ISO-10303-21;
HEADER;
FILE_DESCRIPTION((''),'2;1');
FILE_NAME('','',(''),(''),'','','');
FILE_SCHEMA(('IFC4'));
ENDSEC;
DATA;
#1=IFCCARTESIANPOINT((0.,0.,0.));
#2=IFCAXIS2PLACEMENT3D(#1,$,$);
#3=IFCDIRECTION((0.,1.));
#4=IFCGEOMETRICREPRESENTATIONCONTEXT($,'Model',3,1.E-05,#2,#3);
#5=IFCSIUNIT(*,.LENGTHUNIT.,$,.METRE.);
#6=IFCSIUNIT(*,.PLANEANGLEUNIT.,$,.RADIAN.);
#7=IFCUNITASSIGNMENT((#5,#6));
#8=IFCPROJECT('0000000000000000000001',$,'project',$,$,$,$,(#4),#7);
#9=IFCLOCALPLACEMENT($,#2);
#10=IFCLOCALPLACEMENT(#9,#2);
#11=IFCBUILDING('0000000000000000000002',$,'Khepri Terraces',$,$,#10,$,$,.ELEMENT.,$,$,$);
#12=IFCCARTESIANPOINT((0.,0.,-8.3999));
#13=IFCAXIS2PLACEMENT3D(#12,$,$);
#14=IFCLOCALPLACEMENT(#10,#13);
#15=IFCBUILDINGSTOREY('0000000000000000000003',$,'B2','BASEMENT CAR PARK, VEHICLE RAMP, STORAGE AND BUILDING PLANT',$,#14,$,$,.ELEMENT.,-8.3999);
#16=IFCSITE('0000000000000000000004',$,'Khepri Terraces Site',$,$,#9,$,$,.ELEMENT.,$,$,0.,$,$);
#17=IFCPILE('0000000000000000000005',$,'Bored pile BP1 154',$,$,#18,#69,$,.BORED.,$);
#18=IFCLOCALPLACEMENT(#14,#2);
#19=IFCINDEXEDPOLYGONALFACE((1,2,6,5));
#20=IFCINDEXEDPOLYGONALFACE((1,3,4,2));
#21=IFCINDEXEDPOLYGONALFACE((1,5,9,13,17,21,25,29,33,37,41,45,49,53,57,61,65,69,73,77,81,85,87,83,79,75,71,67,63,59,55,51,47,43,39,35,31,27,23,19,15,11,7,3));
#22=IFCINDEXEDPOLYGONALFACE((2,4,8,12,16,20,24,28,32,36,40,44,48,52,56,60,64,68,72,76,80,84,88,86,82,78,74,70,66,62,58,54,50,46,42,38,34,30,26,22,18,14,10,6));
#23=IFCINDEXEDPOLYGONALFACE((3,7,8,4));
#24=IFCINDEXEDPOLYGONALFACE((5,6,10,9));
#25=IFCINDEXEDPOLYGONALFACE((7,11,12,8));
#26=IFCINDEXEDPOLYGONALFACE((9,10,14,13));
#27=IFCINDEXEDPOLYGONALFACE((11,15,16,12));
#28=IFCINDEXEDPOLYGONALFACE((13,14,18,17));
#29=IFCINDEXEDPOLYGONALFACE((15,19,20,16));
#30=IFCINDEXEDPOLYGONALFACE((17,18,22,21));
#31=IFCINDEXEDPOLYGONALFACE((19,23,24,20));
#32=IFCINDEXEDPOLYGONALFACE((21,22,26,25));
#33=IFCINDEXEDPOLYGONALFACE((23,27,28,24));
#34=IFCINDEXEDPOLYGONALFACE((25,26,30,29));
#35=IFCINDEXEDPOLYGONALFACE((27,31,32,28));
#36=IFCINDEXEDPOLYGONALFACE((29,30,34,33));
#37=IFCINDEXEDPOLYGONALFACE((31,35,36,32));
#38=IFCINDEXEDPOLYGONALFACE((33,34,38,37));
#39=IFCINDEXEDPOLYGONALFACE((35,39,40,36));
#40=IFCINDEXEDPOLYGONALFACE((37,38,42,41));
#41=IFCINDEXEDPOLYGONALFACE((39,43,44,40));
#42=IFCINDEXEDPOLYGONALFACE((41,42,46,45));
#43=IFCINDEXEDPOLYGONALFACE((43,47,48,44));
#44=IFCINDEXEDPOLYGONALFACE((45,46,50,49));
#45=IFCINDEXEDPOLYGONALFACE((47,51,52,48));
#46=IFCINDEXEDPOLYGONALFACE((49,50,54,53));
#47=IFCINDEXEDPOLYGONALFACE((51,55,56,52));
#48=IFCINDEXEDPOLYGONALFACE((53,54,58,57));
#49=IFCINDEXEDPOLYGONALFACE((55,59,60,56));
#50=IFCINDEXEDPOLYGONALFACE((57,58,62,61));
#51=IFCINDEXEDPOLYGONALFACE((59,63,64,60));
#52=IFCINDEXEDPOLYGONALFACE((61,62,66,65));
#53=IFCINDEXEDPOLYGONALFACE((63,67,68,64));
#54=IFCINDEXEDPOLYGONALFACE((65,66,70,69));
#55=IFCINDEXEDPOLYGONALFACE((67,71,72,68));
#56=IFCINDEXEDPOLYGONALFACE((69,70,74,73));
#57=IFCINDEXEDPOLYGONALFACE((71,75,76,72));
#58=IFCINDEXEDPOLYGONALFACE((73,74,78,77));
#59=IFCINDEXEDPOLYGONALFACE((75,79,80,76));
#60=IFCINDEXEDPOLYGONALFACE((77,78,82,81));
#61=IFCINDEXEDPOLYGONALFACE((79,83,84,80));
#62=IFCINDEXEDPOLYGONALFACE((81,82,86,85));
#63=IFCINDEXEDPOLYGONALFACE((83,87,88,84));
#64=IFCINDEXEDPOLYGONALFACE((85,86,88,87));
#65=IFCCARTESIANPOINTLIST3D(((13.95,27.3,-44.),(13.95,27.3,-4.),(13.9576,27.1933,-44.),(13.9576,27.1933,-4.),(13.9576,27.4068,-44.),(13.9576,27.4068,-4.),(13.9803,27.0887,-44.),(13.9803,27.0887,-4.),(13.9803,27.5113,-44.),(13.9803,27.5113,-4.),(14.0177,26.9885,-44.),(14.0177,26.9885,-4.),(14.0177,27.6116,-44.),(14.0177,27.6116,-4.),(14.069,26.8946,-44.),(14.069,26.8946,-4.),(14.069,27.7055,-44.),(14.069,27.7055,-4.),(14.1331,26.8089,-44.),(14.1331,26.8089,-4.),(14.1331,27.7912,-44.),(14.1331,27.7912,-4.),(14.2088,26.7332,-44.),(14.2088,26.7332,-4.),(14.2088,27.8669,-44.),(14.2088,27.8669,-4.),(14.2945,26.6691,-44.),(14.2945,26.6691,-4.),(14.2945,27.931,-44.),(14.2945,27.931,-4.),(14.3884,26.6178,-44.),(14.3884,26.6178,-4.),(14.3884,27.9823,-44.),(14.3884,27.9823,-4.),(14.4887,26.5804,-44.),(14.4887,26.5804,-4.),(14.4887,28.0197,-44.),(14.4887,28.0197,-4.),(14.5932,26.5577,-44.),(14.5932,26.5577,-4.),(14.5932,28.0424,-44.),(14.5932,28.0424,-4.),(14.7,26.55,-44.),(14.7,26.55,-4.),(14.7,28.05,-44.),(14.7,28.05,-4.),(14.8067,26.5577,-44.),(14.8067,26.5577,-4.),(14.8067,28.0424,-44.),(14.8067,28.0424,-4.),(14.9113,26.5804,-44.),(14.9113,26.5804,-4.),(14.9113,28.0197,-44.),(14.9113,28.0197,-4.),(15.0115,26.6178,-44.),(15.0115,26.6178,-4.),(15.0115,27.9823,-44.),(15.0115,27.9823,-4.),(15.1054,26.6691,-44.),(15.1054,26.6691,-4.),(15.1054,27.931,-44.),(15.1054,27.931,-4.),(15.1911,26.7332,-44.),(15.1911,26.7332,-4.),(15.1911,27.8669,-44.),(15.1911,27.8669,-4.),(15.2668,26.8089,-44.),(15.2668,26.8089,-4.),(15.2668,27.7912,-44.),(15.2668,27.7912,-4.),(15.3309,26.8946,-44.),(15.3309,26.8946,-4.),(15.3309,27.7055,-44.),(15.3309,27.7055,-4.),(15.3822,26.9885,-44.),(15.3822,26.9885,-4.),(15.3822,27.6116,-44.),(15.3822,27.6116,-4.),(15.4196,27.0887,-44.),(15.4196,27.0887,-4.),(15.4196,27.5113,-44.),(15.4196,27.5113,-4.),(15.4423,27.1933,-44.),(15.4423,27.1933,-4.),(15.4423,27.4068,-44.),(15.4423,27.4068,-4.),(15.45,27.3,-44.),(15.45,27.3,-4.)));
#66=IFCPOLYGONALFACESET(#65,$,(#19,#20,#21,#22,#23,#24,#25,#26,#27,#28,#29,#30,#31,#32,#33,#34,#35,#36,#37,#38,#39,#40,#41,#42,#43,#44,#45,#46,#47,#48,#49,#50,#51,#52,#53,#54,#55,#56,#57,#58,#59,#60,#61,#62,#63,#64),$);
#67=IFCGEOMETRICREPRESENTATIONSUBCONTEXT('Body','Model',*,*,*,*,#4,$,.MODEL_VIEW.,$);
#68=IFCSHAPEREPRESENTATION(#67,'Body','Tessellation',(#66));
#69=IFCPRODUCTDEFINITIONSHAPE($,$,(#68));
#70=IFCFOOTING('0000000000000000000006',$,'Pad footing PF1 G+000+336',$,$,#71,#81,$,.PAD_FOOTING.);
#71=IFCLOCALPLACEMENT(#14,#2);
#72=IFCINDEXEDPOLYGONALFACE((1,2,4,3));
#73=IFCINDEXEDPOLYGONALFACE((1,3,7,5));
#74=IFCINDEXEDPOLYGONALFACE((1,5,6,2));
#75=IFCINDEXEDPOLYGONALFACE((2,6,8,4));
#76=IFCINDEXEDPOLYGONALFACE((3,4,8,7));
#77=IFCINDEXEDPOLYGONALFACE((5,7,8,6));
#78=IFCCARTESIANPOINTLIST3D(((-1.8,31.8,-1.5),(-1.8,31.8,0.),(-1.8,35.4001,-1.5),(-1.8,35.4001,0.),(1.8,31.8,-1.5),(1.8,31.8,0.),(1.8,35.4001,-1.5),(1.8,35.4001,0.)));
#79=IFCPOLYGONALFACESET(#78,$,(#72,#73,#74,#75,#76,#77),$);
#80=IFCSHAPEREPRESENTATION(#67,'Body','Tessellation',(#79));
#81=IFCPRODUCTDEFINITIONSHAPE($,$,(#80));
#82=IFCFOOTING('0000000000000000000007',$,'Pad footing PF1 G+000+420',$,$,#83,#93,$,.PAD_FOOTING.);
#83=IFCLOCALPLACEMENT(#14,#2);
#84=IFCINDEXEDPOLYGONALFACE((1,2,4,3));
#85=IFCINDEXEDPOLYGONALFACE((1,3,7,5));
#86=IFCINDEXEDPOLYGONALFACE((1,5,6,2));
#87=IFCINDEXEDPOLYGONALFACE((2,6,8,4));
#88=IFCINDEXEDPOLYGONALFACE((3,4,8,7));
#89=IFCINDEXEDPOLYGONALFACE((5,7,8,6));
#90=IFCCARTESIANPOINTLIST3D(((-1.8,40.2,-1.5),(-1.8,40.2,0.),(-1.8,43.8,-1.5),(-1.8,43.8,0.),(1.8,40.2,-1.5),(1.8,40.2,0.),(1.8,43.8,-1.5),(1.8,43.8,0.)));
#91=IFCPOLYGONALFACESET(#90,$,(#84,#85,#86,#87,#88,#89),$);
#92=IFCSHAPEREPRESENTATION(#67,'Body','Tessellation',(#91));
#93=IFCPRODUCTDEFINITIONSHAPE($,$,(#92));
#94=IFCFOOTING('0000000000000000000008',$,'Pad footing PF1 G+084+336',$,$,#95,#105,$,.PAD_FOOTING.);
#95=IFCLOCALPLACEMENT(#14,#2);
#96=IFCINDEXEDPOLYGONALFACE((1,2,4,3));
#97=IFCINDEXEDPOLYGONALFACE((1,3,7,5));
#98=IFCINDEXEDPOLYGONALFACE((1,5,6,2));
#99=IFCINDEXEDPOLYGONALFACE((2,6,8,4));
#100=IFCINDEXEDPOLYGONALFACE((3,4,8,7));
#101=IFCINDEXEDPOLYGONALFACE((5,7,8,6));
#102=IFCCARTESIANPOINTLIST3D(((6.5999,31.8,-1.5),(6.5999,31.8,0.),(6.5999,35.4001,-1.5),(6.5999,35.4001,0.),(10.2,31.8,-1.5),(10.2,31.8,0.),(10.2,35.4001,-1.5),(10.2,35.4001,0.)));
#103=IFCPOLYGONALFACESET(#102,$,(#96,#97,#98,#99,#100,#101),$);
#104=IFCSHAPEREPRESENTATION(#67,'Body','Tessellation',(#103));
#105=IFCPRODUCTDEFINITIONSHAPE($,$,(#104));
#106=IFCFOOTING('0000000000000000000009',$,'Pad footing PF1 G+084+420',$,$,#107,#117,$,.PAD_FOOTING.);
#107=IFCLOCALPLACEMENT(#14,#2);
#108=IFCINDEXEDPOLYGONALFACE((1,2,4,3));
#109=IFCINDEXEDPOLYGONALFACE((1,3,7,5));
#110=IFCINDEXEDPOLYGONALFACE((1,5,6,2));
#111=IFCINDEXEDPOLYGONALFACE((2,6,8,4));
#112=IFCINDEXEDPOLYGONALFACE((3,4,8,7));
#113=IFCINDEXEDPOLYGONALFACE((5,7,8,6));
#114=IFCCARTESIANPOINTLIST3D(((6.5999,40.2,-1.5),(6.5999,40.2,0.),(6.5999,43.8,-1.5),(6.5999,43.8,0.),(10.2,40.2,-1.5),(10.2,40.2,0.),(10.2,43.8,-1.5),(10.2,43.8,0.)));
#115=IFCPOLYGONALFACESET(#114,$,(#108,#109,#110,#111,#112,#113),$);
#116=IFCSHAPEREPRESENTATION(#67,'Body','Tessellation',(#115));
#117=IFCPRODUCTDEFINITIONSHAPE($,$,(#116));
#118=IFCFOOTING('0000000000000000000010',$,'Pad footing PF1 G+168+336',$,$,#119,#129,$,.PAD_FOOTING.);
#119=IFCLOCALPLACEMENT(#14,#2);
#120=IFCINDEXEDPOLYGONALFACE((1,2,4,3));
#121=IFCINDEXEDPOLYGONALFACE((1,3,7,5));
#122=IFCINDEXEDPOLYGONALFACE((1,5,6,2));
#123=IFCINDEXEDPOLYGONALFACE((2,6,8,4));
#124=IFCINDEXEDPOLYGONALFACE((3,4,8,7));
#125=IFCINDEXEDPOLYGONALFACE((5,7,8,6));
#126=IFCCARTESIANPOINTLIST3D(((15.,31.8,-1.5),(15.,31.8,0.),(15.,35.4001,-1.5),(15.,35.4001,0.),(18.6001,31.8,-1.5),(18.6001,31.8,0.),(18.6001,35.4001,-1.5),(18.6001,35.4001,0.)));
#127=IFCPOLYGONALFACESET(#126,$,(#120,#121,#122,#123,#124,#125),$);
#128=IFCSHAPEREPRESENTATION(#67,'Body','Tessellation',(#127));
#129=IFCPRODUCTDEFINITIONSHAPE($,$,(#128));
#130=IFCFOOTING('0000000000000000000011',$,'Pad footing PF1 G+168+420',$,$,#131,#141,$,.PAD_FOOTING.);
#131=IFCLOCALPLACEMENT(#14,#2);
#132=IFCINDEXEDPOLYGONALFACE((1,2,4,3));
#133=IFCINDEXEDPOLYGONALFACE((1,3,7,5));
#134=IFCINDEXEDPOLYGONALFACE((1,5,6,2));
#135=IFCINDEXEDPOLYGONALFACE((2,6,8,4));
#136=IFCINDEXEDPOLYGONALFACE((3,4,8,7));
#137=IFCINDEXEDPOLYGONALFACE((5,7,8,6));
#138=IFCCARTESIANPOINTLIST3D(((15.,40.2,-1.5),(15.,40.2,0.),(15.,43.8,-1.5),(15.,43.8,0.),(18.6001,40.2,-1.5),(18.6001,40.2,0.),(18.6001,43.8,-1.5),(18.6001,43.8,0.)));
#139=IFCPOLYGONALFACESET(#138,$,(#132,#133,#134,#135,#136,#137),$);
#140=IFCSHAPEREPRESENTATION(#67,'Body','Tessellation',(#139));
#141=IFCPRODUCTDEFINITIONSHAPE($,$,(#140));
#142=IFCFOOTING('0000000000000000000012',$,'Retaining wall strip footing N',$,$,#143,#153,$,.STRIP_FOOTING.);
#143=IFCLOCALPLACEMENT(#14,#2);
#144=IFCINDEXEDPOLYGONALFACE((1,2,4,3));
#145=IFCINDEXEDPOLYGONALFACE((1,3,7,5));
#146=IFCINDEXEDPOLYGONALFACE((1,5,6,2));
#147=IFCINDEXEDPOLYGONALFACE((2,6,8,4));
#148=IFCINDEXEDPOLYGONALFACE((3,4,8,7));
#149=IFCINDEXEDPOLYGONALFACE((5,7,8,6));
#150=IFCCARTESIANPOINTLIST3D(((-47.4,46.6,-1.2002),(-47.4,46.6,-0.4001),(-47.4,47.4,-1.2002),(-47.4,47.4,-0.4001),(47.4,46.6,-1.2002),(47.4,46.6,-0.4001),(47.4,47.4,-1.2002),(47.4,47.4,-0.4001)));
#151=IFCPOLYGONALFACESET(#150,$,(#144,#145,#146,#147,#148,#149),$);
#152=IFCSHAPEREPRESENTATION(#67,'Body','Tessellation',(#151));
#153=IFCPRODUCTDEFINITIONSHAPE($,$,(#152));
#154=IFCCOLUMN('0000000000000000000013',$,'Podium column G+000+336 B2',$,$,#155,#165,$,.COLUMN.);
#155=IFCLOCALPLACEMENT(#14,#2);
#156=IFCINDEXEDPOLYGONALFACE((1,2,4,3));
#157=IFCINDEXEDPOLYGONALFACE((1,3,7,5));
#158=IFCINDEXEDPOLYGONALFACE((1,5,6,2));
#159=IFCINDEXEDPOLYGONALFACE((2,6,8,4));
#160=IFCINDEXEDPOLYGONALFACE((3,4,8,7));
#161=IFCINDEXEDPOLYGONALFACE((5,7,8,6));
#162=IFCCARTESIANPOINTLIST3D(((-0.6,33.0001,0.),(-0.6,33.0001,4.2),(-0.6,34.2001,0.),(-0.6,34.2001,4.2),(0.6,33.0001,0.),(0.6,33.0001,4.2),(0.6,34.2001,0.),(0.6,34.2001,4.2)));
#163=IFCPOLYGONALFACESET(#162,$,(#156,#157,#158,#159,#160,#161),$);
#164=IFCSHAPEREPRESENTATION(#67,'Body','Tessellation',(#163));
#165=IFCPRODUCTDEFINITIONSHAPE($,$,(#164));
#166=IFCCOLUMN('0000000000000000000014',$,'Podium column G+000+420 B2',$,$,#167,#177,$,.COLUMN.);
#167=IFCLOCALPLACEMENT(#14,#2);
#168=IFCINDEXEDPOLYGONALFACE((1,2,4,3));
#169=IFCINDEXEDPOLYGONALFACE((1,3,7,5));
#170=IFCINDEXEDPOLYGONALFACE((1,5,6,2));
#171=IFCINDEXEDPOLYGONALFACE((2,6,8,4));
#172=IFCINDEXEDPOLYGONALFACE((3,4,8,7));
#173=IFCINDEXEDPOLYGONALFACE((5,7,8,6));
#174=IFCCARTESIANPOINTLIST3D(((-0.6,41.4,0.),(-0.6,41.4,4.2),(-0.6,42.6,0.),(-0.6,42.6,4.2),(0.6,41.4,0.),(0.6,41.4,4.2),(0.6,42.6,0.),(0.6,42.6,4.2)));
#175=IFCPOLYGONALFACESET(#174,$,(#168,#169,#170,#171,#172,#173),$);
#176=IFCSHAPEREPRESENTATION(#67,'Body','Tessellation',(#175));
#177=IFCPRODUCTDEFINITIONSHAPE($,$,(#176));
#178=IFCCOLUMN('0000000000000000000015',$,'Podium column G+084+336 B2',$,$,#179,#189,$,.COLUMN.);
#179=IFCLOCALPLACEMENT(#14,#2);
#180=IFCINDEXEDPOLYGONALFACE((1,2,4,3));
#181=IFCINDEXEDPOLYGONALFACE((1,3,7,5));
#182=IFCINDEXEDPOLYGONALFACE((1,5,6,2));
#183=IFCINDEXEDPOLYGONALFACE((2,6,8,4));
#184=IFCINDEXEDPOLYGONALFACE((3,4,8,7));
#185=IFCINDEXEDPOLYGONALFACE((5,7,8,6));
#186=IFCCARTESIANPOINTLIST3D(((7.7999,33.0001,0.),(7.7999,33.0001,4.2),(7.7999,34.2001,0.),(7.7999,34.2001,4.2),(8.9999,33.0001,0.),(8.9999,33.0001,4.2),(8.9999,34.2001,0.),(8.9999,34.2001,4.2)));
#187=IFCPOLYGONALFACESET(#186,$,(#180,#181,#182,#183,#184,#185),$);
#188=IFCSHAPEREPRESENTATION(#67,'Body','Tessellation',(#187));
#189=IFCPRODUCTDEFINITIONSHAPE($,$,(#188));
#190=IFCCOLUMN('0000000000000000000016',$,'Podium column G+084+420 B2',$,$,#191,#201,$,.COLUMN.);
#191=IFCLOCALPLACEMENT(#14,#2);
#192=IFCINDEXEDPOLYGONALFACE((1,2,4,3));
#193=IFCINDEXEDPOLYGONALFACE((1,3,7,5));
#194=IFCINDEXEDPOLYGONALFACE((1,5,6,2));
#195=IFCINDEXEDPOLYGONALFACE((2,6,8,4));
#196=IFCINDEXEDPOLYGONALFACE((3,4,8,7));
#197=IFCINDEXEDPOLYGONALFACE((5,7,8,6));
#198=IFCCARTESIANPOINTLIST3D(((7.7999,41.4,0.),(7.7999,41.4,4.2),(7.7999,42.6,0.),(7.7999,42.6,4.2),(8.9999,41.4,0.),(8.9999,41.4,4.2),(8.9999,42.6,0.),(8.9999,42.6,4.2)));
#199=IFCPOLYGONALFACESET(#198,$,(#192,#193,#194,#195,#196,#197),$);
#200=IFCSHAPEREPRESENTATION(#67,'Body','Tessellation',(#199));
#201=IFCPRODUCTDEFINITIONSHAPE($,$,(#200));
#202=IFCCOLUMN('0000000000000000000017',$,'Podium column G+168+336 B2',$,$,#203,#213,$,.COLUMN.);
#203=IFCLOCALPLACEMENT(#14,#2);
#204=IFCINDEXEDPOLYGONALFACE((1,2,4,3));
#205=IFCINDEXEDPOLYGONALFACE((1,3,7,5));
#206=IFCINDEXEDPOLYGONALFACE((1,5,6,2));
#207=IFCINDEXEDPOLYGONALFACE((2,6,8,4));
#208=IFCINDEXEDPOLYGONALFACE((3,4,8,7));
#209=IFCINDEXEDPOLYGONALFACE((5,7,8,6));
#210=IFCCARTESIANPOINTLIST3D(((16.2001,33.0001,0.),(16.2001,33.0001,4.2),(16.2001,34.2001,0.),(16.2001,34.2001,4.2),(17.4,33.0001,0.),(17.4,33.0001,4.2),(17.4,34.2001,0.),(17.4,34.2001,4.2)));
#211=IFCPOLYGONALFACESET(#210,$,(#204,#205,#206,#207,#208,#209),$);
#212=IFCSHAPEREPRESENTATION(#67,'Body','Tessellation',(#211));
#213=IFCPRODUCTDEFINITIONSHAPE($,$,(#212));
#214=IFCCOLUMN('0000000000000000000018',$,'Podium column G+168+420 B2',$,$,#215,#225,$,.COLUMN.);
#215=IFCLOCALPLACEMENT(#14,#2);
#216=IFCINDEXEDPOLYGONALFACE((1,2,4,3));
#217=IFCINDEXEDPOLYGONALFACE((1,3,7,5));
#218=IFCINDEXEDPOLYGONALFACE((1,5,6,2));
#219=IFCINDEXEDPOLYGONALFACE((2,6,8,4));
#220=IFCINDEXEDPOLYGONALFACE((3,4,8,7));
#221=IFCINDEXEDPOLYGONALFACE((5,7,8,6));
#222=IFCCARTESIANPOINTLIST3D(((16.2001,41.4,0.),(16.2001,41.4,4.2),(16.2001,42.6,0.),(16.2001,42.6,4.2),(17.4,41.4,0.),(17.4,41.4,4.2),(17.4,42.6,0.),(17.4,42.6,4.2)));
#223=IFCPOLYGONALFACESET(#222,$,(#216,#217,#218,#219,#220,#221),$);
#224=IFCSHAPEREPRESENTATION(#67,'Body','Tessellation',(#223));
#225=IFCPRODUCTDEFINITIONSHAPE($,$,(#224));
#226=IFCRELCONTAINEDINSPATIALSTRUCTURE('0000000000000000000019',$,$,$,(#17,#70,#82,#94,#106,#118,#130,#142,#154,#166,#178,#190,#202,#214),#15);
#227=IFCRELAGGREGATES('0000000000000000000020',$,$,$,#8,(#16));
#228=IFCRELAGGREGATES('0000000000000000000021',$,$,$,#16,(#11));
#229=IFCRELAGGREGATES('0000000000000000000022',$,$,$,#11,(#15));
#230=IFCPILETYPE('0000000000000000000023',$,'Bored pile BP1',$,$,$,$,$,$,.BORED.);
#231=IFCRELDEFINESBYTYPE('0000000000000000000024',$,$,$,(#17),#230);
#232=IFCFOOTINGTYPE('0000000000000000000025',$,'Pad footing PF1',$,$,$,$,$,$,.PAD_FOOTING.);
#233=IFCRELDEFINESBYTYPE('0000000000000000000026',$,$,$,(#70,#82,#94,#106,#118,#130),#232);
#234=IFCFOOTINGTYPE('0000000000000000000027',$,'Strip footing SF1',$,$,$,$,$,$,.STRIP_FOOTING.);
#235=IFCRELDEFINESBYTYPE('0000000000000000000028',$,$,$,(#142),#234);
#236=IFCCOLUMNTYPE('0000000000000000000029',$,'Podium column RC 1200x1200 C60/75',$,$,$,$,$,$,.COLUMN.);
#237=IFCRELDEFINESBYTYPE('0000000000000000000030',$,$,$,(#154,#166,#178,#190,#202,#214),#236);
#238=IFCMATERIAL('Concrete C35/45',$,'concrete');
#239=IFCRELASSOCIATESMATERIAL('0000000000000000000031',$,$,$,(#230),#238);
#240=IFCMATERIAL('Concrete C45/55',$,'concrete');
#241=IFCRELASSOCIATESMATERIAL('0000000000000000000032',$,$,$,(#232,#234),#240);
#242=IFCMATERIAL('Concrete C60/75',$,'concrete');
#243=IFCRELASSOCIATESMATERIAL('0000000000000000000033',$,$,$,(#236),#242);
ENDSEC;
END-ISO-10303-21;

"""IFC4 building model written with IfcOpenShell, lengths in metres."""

from ifc_helpers import new_model, si_unit, direction, frame, origin, origin_2d, place, context, subcontext, project, spatial, rectangle, circle, extrude, material, material_profile, profile_set, type_object, element, save


model = new_model("IFC4")

# Units and contexts
model_context = context("Model", 3, precision=1e-05, world=origin(), true_north=direction((0.0, 1.0)))
body_context = subcontext(model_context, "Body", "Model", "MODEL_VIEW")
ifc_project = project(units=[si_unit("LENGTHUNIT", "METRE"), si_unit("PLANEANGLEUNIT", "RADIAN")], contexts=[model_context])

# Site, building, storey
site_placement = place(None, origin())
site = spatial("IfcSite", under=ifc_project, at=site_placement, Name="Khepri Terraces Site", CompositionType="ELEMENT", RefElevation=0.0)
building_placement = place(site_placement, origin())
building = spatial("IfcBuilding", under=site, at=building_placement, Name="Khepri Terraces", CompositionType="ELEMENT")
storey_placement = place(building_placement, frame((0.0, 0.0, -8.3999)))
storey = spatial("IfcBuildingStorey", under=building, at=storey_placement, Name="B2", Description="BASEMENT CAR PARK, VEHICLE RAMP, STORAGE AND BUILDING PLANT", CompositionType="ELEMENT", Elevation=-8.3999)

# Pile
ifc_material_1 = material(Name="Concrete C35/45", Category="concrete")
ifc_material_profile_1 = material_profile(ifc_material_1, circle(Radius=0.75, at=origin_2d()), Name="Concrete C35/45", Category="concrete")
ifc_profile_set_1 = profile_set([ifc_material_profile_1], Name="Concrete C35/45")
pile_type = type_object("IfcPileType", Name="Bored pile BP1", PredefinedType="BORED", material=ifc_profile_set_1)
pile_placement = place(storey_placement, frame((14.7, 27.3, -4.0), z_axis=(0.0, 0.0, -1.0), x_axis=(1.0, 0.0, 0.0)))
element("IfcPile", 1, at=pile_placement, inside=storey, type_object=pile_type, Name="Bored pile BP1 154", PredefinedType="BORED", context=body_context, shape_type="SweptSolid", body=[
    extrude(circle(Radius=0.75, at=origin_2d()), origin(), (0.0, 0.0, 1.0), 40.0),
])

# Footings
ifc_material_2 = material(Name="Concrete C45/55", Category="concrete")
footing_type_1 = type_object("IfcFootingType", Name="Pad footing PF1", PredefinedType="PAD_FOOTING", material=ifc_material_2)
for number, where, z_axis, x_axis, name in (
    (2, (0.0, 33.6001, -1.5), (0.0, 0.0, 1.0), (1.0, 0.0, 0.0), "Pad footing PF1 G+000+336"),
    (3, (0.0, 42.0, -1.5), (0.0, 0.0, 1.0), (1.0, 0.0, 0.0), "Pad footing PF1 G+000+420"),
    (4, (8.3999, 33.6001, -1.5), (0.0, 0.0, 1.0), (1.0, 0.0, 0.0), "Pad footing PF1 G+084+336"),
    (5, (8.3999, 42.0, -1.5), (0.0, 0.0, 1.0), (1.0, 0.0, 0.0), "Pad footing PF1 G+084+420"),
    (6, (16.8, 33.6001, -1.5), (0.0, 0.0, 1.0), (1.0, 0.0, 0.0), "Pad footing PF1 G+168+336"),
    (7, (16.8, 42.0, -1.5), (0.0, 0.0, 1.0), (1.0, 0.0, 0.0), "Pad footing PF1 G+168+420"),
):
    element("IfcFooting", number, at=place(storey_placement, frame(where, z_axis=z_axis, x_axis=x_axis)), inside=storey, type_object=footing_type_1, Name=name, PredefinedType="PAD_FOOTING", context=body_context, shape_type="SweptSolid", body=[
        extrude(rectangle(XDim=3.6001, YDim=3.6001, at=origin_2d()), origin(), (0.0, 0.0, 1.0), 1.5),
    ])
footing_type_2 = type_object("IfcFootingType", Name="Strip footing SF1", PredefinedType="STRIP_FOOTING", material=ifc_material_2)
footing_placement = place(storey_placement, frame((0.0, 47.0, -1.2002), z_axis=(0.0, 0.0, 1.0), x_axis=(1.0, 0.0, 0.0)))
element("IfcFooting", 8, at=footing_placement, inside=storey, type_object=footing_type_2, Name="Retaining wall strip footing N", PredefinedType="STRIP_FOOTING", context=body_context, shape_type="SweptSolid", body=[
    extrude(rectangle(XDim=94.8, YDim=0.8, at=origin_2d()), origin(), (0.0, 0.0, 1.0), 0.8),
])

# Columns
ifc_material_3 = material(Name="Concrete C60/75", Category="concrete")
ifc_material_profile_2 = material_profile(ifc_material_3, rectangle(XDim=1.2, YDim=1.2, at=origin_2d()), Name="Concrete C60/75", Category="concrete")
ifc_profile_set_2 = profile_set([ifc_material_profile_2], Name="Concrete C60/75")
column_type = type_object("IfcColumnType", Name="Podium column RC 1200x1200 C60/75", PredefinedType="COLUMN", material=ifc_profile_set_2)
for number, where, z_axis, x_axis, name in (
    (9, (0.0, 33.6001, 0.0), (0.0, 0.0, 1.0), (1.0, 0.0, 0.0), "Podium column G+000+336 B2"),
    (10, (0.0, 42.0, 0.0), (0.0, 0.0, 1.0), (1.0, 0.0, 0.0), "Podium column G+000+420 B2"),
    (11, (8.3999, 33.6001, 0.0), (0.0, 0.0, 1.0), (1.0, 0.0, 0.0), "Podium column G+084+336 B2"),
    (12, (8.3999, 42.0, 0.0), (0.0, 0.0, 1.0), (1.0, 0.0, 0.0), "Podium column G+084+420 B2"),
    (13, (16.8, 33.6001, 0.0), (0.0, 0.0, 1.0), (1.0, 0.0, 0.0), "Podium column G+168+336 B2"),
    (14, (16.8, 42.0, 0.0), (0.0, 0.0, 1.0), (1.0, 0.0, 0.0), "Podium column G+168+420 B2"),
):
    element("IfcColumn", number, at=place(storey_placement, frame(where, z_axis=z_axis, x_axis=x_axis)), inside=storey, type_object=column_type, Name=name, PredefinedType="COLUMN", context=body_context, shape_type="SweptSolid", body=[
        extrude(rectangle(XDim=1.2, YDim=1.2, at=origin_2d()), origin(), (0.0, 0.0, 1.0), 4.2),
    ])

save(model, "model.ifc")
